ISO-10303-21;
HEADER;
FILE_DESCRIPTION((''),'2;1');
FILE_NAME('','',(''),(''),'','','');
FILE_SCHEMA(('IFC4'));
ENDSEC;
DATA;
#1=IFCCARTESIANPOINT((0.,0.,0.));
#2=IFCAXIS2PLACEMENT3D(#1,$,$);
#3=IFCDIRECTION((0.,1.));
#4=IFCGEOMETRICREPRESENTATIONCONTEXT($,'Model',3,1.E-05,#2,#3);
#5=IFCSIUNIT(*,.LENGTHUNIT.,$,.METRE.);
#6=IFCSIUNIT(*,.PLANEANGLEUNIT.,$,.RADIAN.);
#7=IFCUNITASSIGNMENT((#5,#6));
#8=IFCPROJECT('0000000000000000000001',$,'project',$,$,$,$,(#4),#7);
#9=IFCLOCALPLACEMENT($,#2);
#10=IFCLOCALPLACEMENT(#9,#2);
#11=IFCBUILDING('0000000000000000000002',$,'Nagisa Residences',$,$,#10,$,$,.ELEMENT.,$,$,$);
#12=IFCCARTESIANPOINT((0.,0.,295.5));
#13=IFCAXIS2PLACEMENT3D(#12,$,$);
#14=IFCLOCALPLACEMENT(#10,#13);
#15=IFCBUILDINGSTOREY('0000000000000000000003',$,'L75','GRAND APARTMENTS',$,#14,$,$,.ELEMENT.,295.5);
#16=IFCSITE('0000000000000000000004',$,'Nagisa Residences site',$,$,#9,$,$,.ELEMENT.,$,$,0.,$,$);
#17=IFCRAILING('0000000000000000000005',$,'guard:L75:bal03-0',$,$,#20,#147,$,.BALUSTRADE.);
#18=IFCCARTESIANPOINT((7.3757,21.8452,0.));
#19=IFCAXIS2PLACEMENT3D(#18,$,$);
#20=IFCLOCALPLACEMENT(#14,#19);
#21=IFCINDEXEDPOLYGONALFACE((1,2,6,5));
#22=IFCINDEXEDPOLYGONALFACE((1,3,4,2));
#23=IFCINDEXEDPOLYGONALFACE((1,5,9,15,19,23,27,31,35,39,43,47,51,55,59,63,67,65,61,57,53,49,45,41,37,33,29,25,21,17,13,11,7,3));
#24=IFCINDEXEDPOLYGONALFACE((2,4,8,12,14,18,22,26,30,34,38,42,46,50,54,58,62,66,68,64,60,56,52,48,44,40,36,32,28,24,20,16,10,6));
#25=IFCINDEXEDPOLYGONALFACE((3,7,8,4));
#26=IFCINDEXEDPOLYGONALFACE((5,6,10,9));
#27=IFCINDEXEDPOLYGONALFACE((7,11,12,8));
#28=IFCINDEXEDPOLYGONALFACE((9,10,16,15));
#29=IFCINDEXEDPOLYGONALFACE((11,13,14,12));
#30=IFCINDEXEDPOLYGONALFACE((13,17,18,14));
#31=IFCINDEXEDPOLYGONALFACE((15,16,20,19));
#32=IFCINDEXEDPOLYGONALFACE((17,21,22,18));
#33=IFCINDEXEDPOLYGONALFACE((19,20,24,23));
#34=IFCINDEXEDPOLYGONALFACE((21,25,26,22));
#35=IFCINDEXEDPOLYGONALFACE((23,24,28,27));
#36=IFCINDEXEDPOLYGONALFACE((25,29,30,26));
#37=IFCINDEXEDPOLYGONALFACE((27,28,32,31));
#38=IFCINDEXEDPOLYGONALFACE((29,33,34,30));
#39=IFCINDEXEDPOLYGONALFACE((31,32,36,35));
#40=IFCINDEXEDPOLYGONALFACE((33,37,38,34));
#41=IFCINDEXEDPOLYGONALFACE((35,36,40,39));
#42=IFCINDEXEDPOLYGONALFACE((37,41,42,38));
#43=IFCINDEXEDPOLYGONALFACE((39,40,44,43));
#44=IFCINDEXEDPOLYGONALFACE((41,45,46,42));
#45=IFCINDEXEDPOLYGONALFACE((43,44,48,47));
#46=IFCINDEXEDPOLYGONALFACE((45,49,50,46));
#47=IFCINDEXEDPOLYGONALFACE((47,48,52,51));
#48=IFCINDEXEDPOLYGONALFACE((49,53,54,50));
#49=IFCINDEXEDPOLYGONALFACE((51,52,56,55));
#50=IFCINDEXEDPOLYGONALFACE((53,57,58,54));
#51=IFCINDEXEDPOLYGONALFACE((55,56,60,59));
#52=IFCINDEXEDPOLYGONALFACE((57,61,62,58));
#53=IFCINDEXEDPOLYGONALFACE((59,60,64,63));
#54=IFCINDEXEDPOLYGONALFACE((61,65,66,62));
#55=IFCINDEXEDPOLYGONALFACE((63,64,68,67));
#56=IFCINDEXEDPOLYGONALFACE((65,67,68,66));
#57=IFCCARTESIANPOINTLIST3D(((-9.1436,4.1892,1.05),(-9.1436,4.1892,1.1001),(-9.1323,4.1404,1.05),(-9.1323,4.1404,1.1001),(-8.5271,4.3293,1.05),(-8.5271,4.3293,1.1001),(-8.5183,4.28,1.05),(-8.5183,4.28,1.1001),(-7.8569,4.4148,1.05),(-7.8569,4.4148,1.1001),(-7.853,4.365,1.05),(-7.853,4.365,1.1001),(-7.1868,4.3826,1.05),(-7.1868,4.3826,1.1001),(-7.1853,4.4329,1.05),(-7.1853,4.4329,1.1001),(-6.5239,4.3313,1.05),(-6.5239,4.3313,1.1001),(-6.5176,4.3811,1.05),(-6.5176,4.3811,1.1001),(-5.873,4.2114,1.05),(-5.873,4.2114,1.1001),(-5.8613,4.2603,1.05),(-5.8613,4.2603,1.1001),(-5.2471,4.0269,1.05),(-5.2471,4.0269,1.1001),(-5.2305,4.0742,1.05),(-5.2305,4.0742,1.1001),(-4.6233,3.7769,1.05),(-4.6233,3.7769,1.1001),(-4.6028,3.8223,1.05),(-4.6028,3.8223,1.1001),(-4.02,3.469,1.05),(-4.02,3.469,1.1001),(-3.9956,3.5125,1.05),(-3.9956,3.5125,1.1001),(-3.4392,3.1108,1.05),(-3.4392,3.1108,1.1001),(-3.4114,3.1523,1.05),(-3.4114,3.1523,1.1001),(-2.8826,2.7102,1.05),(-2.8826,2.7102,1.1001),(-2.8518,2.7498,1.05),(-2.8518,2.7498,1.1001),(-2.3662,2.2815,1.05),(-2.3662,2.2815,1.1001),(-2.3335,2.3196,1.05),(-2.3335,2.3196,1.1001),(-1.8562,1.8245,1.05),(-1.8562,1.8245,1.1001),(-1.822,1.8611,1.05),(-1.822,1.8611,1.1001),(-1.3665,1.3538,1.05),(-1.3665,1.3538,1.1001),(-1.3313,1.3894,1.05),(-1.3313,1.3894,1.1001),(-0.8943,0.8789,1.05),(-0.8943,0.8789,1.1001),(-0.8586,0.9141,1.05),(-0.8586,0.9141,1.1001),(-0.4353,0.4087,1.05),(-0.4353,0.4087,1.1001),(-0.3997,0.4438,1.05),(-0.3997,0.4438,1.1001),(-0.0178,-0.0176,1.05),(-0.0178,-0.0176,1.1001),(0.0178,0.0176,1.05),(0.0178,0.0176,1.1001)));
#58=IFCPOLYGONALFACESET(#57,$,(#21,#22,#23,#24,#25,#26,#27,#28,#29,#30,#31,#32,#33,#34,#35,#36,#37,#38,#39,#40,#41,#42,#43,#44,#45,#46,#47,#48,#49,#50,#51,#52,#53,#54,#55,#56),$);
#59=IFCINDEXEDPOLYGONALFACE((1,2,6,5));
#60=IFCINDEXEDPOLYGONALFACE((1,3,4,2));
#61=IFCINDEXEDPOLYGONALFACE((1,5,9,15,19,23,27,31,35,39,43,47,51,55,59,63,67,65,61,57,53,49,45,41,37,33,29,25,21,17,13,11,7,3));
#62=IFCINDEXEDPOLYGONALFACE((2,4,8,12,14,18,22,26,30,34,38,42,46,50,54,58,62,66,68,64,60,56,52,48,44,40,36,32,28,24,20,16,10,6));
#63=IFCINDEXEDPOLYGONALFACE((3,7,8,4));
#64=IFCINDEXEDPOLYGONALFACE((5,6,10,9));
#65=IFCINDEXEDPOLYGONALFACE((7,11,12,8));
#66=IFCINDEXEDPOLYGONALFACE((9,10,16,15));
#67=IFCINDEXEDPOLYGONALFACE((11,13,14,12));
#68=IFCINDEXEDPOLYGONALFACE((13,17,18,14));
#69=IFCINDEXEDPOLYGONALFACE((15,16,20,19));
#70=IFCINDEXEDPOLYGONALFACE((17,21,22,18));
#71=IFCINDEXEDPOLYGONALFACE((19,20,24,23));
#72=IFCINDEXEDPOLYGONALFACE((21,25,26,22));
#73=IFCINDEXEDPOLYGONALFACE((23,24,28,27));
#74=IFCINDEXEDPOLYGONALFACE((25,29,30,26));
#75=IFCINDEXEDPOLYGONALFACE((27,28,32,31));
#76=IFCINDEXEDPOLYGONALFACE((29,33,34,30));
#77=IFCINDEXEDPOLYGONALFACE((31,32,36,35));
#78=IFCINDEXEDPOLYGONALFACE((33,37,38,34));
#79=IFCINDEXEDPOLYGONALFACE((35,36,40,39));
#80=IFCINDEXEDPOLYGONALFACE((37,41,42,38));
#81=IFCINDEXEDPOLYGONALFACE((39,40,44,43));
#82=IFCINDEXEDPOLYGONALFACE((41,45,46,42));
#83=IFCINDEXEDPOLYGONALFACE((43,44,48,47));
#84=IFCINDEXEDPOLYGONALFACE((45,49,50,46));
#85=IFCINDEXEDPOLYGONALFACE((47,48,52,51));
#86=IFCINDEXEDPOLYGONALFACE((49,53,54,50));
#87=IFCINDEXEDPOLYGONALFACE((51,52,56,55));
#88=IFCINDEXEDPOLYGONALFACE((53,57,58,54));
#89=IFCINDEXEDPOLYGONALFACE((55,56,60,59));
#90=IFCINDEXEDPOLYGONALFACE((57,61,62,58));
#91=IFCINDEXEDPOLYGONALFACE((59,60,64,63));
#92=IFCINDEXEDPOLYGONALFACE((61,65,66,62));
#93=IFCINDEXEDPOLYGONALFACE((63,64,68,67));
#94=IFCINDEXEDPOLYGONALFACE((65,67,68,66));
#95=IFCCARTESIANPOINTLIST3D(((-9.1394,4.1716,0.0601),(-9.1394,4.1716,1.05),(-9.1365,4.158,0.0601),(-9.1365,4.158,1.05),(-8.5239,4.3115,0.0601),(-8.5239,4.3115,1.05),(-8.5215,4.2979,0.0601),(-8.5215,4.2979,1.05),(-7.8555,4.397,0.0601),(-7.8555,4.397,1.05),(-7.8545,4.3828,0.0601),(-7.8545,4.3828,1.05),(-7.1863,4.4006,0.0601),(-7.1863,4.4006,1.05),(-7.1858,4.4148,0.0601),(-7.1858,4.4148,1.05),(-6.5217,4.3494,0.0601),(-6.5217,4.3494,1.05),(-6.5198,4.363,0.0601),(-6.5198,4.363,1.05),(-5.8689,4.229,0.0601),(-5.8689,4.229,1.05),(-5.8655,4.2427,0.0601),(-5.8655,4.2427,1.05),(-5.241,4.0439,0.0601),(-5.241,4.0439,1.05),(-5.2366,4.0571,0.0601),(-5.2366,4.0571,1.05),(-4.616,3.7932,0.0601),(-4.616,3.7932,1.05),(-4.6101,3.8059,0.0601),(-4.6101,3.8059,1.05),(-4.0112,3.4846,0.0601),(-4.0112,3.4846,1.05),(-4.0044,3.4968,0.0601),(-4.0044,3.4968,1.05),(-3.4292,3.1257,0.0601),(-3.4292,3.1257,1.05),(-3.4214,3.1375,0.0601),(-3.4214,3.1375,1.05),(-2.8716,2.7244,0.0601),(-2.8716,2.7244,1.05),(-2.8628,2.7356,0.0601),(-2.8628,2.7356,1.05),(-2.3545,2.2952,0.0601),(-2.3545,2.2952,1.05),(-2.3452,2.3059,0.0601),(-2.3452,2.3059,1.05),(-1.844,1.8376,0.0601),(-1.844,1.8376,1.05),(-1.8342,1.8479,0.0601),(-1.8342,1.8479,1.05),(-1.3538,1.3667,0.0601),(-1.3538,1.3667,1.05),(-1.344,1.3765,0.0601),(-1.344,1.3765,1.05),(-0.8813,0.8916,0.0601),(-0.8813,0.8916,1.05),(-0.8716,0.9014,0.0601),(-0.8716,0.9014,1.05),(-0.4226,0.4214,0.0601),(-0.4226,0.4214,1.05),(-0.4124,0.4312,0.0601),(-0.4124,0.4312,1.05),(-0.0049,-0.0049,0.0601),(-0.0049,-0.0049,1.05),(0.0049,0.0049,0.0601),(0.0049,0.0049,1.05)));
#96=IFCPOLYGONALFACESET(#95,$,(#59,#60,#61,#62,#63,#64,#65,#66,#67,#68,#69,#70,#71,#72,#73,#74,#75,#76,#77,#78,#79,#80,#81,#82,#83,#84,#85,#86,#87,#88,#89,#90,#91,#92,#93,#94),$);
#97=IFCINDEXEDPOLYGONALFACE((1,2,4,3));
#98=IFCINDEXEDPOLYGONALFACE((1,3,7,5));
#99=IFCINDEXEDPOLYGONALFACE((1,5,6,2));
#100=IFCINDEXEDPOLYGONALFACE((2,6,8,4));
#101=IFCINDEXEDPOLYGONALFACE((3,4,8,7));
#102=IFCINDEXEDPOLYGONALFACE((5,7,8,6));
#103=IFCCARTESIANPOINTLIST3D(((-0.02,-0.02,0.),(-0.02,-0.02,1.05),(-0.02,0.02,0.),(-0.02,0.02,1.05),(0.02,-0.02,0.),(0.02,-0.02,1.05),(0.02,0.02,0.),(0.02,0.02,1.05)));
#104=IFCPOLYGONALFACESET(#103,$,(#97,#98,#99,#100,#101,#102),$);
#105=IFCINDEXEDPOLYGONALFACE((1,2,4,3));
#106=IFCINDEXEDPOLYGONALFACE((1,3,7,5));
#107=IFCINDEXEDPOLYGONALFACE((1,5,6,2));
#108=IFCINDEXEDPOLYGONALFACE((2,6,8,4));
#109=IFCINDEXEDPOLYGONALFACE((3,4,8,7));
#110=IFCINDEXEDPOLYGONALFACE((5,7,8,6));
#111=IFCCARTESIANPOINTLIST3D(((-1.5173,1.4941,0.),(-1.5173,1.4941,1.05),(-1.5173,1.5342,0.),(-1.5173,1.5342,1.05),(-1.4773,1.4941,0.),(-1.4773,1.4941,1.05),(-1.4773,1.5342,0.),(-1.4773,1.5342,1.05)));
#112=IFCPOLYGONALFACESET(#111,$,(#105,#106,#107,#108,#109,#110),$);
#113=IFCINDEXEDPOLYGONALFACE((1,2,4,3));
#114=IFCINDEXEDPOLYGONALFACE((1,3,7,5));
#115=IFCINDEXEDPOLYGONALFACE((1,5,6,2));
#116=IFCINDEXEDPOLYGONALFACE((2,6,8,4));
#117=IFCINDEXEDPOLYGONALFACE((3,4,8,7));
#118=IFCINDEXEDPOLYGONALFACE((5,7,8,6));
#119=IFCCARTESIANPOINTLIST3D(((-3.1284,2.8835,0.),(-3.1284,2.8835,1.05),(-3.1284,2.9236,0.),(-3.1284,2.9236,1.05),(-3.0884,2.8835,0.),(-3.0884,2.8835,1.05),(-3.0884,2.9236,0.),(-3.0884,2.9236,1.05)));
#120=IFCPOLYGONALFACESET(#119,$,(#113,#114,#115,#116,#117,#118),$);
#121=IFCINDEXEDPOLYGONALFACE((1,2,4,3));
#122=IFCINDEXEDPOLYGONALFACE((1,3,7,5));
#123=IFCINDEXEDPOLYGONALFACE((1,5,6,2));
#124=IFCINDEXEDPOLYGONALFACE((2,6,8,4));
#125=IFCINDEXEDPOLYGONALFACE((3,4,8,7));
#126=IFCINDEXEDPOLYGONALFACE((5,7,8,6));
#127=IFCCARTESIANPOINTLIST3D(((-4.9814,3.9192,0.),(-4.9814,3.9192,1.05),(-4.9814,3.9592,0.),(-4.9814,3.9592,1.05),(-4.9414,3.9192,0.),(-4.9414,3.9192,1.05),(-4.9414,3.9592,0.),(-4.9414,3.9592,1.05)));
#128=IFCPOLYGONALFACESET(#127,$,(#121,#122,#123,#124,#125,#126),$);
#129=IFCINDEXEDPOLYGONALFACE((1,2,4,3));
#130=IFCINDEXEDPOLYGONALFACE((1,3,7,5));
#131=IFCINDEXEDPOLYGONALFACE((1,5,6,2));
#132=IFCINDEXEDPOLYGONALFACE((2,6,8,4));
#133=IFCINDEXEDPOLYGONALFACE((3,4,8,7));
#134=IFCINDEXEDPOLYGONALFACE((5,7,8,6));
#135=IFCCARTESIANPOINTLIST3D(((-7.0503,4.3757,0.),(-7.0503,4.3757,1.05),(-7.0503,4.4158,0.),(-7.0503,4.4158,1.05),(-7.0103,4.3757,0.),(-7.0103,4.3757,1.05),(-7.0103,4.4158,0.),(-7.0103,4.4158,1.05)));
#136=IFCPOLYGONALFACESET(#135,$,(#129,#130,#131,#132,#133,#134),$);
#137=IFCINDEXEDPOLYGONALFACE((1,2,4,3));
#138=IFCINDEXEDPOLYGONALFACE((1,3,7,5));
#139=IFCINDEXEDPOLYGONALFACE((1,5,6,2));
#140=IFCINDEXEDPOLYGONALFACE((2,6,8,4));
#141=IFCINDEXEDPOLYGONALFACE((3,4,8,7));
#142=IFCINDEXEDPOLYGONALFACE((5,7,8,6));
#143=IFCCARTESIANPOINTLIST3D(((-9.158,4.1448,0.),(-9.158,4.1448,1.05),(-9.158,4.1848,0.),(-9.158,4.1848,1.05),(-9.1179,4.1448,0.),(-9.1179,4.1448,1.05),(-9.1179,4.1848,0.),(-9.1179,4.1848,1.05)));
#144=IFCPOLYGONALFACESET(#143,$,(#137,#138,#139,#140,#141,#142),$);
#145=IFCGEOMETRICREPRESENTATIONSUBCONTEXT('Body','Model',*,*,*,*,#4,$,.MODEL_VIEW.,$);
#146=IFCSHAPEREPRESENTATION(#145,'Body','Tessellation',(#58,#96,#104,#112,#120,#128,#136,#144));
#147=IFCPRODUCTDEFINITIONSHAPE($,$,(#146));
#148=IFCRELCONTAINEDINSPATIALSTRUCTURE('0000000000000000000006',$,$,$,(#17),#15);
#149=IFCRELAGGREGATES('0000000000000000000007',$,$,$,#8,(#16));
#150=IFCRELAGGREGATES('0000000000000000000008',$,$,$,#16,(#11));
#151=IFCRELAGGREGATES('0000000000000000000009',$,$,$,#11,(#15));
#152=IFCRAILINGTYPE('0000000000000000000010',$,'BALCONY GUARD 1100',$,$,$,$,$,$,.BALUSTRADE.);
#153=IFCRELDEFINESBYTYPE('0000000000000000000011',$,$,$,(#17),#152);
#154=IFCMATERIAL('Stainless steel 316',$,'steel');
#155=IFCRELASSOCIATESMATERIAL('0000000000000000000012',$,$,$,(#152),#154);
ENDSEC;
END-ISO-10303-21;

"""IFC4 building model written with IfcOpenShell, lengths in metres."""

from ifc_helpers import new_model, si_unit, direction, frame, origin, origin_2d, place, context, subcontext, project, spatial, polyline, rectangle, outline, extrude, material, type_object, element, save


model = new_model("IFC4")

# Units and contexts
model_context = context("Model", 3, precision=1e-05, world=origin(), true_north=direction((0.0, 1.0)))
body_context = subcontext(model_context, "Body", "Model", "MODEL_VIEW")
ifc_project = project(units=[si_unit("LENGTHUNIT", "METRE"), si_unit("PLANEANGLEUNIT", "RADIAN")], contexts=[model_context])

# Site, building, storey
site_placement = place(None, origin())
site = spatial("IfcSite", under=ifc_project, at=site_placement, Name="Nagisa Residences site", CompositionType="ELEMENT", RefElevation=0.0)
building_placement = place(site_placement, origin())
building = spatial("IfcBuilding", under=site, at=building_placement, Name="Nagisa Residences", CompositionType="ELEMENT")
storey_placement = place(building_placement, frame((0.0, 0.0, 295.5)))
storey = spatial("IfcBuildingStorey", under=building, at=storey_placement, Name="L75", Description="GRAND APARTMENTS", CompositionType="ELEMENT", Elevation=295.5)

# Railing
ifc_material_1 = material(Name="Stainless steel 316", Category="steel")
railing_type_1 = type_object("IfcRailingType", Name="BALCONY GUARD 1100", PredefinedType="BALUSTRADE", material=ifc_material_1)
railing_1_placement = place(storey_placement, frame((7.3757, 21.8452, 0.0)))
element("IfcRailing", 1, at=railing_1_placement, inside=storey, type_object=railing_type_1, Name="guard:L75:bal03-0", PredefinedType="BALUSTRADE", context=body_context, shape_type="SweptSolid", body=[
    extrude(outline(polyline([(-0.4353, 0.4087), (-0.0178, -0.0176), (0.0178, 0.0176), (-0.3997, 0.4438), (-0.8586, 0.9141), (-1.3313, 1.3894), (-1.822, 1.8611), (-2.3335, 2.3196), (-2.8518, 2.7498), (-3.4114, 3.1523), (-3.9956, 3.5125), (-4.6028, 3.8223), (-5.2305, 4.0742), (-5.8613, 4.2603), (-6.5176, 4.3811), (-7.1853, 4.4329), (-7.8569, 4.4148), (-8.5271, 4.3293), (-9.1436, 4.1892), (-9.1323, 4.1404), (-8.5183, 4.28), (-7.853, 4.365), (-7.1868, 4.3826), (-6.5239, 4.3313), (-5.873, 4.2114), (-5.2471, 4.0269), (-4.6233, 3.7769), (-4.02, 3.469), (-3.4392, 3.1108), (-2.8826, 2.7102), (-2.3662, 2.2815), (-1.8562, 1.8245), (-1.3665, 1.3538), (-0.8943, 0.8789), (-0.4353, 0.4087)])), frame((0.0, 0.0, 1.05)), (0.0, 0.0, 1.0), 0.05),
    extrude(outline(polyline([(-0.4226, 0.4214), (-0.0049, -0.0049), (0.0049, 0.0049), (-0.4124, 0.4312), (-0.8716, 0.9014), (-1.344, 1.3765), (-1.8342, 1.8479), (-2.3452, 2.3059), (-2.8628, 2.7356), (-3.4214, 3.1375), (-4.0044, 3.4968), (-4.6101, 3.8059), (-5.2366, 4.0571), (-5.8655, 4.2427), (-6.5198, 4.363), (-7.1858, 4.4148), (-7.8555, 4.397), (-8.5239, 4.3115), (-9.1394, 4.1716), (-9.1365, 4.158), (-8.5215, 4.2979), (-7.8545, 4.3828), (-7.1863, 4.4006), (-6.5217, 4.3494), (-5.8689, 4.229), (-5.241, 4.0439), (-4.616, 3.7932), (-4.0112, 3.4846), (-3.4292, 3.1257), (-2.8716, 2.7244), (-2.3545, 2.2952), (-1.844, 1.8376), (-1.3538, 1.3667), (-0.8813, 0.8916), (-0.4226, 0.4214)])), frame((0.0, 0.0, 0.0601)), (0.0, 0.0, 1.0), 0.99),
    extrude(rectangle(XDim=0.04, YDim=0.04, at=origin_2d()), origin(), (0.0, 0.0, 1.0), 1.05),
    extrude(rectangle(XDim=0.04, YDim=0.04, at=origin_2d()), frame((-1.4973, 1.5142, 0.0)), (0.0, 0.0, 1.0), 1.05),
    extrude(rectangle(XDim=0.04, YDim=0.04, at=origin_2d()), frame((-3.1084, 2.9036, 0.0)), (0.0, 0.0, 1.0), 1.05),
    extrude(rectangle(XDim=0.04, YDim=0.04, at=origin_2d()), frame((-4.9614, 3.9392, 0.0)), (0.0, 0.0, 1.0), 1.05),
    extrude(rectangle(XDim=0.04, YDim=0.04, at=origin_2d()), frame((-7.0303, 4.3958, 0.0)), (0.0, 0.0, 1.0), 1.05),
    extrude(rectangle(XDim=0.04, YDim=0.04, at=origin_2d()), frame((-9.1379, 4.1648, 0.0)), (0.0, 0.0, 1.0), 1.05),
])

save(model, "model.ifc")
